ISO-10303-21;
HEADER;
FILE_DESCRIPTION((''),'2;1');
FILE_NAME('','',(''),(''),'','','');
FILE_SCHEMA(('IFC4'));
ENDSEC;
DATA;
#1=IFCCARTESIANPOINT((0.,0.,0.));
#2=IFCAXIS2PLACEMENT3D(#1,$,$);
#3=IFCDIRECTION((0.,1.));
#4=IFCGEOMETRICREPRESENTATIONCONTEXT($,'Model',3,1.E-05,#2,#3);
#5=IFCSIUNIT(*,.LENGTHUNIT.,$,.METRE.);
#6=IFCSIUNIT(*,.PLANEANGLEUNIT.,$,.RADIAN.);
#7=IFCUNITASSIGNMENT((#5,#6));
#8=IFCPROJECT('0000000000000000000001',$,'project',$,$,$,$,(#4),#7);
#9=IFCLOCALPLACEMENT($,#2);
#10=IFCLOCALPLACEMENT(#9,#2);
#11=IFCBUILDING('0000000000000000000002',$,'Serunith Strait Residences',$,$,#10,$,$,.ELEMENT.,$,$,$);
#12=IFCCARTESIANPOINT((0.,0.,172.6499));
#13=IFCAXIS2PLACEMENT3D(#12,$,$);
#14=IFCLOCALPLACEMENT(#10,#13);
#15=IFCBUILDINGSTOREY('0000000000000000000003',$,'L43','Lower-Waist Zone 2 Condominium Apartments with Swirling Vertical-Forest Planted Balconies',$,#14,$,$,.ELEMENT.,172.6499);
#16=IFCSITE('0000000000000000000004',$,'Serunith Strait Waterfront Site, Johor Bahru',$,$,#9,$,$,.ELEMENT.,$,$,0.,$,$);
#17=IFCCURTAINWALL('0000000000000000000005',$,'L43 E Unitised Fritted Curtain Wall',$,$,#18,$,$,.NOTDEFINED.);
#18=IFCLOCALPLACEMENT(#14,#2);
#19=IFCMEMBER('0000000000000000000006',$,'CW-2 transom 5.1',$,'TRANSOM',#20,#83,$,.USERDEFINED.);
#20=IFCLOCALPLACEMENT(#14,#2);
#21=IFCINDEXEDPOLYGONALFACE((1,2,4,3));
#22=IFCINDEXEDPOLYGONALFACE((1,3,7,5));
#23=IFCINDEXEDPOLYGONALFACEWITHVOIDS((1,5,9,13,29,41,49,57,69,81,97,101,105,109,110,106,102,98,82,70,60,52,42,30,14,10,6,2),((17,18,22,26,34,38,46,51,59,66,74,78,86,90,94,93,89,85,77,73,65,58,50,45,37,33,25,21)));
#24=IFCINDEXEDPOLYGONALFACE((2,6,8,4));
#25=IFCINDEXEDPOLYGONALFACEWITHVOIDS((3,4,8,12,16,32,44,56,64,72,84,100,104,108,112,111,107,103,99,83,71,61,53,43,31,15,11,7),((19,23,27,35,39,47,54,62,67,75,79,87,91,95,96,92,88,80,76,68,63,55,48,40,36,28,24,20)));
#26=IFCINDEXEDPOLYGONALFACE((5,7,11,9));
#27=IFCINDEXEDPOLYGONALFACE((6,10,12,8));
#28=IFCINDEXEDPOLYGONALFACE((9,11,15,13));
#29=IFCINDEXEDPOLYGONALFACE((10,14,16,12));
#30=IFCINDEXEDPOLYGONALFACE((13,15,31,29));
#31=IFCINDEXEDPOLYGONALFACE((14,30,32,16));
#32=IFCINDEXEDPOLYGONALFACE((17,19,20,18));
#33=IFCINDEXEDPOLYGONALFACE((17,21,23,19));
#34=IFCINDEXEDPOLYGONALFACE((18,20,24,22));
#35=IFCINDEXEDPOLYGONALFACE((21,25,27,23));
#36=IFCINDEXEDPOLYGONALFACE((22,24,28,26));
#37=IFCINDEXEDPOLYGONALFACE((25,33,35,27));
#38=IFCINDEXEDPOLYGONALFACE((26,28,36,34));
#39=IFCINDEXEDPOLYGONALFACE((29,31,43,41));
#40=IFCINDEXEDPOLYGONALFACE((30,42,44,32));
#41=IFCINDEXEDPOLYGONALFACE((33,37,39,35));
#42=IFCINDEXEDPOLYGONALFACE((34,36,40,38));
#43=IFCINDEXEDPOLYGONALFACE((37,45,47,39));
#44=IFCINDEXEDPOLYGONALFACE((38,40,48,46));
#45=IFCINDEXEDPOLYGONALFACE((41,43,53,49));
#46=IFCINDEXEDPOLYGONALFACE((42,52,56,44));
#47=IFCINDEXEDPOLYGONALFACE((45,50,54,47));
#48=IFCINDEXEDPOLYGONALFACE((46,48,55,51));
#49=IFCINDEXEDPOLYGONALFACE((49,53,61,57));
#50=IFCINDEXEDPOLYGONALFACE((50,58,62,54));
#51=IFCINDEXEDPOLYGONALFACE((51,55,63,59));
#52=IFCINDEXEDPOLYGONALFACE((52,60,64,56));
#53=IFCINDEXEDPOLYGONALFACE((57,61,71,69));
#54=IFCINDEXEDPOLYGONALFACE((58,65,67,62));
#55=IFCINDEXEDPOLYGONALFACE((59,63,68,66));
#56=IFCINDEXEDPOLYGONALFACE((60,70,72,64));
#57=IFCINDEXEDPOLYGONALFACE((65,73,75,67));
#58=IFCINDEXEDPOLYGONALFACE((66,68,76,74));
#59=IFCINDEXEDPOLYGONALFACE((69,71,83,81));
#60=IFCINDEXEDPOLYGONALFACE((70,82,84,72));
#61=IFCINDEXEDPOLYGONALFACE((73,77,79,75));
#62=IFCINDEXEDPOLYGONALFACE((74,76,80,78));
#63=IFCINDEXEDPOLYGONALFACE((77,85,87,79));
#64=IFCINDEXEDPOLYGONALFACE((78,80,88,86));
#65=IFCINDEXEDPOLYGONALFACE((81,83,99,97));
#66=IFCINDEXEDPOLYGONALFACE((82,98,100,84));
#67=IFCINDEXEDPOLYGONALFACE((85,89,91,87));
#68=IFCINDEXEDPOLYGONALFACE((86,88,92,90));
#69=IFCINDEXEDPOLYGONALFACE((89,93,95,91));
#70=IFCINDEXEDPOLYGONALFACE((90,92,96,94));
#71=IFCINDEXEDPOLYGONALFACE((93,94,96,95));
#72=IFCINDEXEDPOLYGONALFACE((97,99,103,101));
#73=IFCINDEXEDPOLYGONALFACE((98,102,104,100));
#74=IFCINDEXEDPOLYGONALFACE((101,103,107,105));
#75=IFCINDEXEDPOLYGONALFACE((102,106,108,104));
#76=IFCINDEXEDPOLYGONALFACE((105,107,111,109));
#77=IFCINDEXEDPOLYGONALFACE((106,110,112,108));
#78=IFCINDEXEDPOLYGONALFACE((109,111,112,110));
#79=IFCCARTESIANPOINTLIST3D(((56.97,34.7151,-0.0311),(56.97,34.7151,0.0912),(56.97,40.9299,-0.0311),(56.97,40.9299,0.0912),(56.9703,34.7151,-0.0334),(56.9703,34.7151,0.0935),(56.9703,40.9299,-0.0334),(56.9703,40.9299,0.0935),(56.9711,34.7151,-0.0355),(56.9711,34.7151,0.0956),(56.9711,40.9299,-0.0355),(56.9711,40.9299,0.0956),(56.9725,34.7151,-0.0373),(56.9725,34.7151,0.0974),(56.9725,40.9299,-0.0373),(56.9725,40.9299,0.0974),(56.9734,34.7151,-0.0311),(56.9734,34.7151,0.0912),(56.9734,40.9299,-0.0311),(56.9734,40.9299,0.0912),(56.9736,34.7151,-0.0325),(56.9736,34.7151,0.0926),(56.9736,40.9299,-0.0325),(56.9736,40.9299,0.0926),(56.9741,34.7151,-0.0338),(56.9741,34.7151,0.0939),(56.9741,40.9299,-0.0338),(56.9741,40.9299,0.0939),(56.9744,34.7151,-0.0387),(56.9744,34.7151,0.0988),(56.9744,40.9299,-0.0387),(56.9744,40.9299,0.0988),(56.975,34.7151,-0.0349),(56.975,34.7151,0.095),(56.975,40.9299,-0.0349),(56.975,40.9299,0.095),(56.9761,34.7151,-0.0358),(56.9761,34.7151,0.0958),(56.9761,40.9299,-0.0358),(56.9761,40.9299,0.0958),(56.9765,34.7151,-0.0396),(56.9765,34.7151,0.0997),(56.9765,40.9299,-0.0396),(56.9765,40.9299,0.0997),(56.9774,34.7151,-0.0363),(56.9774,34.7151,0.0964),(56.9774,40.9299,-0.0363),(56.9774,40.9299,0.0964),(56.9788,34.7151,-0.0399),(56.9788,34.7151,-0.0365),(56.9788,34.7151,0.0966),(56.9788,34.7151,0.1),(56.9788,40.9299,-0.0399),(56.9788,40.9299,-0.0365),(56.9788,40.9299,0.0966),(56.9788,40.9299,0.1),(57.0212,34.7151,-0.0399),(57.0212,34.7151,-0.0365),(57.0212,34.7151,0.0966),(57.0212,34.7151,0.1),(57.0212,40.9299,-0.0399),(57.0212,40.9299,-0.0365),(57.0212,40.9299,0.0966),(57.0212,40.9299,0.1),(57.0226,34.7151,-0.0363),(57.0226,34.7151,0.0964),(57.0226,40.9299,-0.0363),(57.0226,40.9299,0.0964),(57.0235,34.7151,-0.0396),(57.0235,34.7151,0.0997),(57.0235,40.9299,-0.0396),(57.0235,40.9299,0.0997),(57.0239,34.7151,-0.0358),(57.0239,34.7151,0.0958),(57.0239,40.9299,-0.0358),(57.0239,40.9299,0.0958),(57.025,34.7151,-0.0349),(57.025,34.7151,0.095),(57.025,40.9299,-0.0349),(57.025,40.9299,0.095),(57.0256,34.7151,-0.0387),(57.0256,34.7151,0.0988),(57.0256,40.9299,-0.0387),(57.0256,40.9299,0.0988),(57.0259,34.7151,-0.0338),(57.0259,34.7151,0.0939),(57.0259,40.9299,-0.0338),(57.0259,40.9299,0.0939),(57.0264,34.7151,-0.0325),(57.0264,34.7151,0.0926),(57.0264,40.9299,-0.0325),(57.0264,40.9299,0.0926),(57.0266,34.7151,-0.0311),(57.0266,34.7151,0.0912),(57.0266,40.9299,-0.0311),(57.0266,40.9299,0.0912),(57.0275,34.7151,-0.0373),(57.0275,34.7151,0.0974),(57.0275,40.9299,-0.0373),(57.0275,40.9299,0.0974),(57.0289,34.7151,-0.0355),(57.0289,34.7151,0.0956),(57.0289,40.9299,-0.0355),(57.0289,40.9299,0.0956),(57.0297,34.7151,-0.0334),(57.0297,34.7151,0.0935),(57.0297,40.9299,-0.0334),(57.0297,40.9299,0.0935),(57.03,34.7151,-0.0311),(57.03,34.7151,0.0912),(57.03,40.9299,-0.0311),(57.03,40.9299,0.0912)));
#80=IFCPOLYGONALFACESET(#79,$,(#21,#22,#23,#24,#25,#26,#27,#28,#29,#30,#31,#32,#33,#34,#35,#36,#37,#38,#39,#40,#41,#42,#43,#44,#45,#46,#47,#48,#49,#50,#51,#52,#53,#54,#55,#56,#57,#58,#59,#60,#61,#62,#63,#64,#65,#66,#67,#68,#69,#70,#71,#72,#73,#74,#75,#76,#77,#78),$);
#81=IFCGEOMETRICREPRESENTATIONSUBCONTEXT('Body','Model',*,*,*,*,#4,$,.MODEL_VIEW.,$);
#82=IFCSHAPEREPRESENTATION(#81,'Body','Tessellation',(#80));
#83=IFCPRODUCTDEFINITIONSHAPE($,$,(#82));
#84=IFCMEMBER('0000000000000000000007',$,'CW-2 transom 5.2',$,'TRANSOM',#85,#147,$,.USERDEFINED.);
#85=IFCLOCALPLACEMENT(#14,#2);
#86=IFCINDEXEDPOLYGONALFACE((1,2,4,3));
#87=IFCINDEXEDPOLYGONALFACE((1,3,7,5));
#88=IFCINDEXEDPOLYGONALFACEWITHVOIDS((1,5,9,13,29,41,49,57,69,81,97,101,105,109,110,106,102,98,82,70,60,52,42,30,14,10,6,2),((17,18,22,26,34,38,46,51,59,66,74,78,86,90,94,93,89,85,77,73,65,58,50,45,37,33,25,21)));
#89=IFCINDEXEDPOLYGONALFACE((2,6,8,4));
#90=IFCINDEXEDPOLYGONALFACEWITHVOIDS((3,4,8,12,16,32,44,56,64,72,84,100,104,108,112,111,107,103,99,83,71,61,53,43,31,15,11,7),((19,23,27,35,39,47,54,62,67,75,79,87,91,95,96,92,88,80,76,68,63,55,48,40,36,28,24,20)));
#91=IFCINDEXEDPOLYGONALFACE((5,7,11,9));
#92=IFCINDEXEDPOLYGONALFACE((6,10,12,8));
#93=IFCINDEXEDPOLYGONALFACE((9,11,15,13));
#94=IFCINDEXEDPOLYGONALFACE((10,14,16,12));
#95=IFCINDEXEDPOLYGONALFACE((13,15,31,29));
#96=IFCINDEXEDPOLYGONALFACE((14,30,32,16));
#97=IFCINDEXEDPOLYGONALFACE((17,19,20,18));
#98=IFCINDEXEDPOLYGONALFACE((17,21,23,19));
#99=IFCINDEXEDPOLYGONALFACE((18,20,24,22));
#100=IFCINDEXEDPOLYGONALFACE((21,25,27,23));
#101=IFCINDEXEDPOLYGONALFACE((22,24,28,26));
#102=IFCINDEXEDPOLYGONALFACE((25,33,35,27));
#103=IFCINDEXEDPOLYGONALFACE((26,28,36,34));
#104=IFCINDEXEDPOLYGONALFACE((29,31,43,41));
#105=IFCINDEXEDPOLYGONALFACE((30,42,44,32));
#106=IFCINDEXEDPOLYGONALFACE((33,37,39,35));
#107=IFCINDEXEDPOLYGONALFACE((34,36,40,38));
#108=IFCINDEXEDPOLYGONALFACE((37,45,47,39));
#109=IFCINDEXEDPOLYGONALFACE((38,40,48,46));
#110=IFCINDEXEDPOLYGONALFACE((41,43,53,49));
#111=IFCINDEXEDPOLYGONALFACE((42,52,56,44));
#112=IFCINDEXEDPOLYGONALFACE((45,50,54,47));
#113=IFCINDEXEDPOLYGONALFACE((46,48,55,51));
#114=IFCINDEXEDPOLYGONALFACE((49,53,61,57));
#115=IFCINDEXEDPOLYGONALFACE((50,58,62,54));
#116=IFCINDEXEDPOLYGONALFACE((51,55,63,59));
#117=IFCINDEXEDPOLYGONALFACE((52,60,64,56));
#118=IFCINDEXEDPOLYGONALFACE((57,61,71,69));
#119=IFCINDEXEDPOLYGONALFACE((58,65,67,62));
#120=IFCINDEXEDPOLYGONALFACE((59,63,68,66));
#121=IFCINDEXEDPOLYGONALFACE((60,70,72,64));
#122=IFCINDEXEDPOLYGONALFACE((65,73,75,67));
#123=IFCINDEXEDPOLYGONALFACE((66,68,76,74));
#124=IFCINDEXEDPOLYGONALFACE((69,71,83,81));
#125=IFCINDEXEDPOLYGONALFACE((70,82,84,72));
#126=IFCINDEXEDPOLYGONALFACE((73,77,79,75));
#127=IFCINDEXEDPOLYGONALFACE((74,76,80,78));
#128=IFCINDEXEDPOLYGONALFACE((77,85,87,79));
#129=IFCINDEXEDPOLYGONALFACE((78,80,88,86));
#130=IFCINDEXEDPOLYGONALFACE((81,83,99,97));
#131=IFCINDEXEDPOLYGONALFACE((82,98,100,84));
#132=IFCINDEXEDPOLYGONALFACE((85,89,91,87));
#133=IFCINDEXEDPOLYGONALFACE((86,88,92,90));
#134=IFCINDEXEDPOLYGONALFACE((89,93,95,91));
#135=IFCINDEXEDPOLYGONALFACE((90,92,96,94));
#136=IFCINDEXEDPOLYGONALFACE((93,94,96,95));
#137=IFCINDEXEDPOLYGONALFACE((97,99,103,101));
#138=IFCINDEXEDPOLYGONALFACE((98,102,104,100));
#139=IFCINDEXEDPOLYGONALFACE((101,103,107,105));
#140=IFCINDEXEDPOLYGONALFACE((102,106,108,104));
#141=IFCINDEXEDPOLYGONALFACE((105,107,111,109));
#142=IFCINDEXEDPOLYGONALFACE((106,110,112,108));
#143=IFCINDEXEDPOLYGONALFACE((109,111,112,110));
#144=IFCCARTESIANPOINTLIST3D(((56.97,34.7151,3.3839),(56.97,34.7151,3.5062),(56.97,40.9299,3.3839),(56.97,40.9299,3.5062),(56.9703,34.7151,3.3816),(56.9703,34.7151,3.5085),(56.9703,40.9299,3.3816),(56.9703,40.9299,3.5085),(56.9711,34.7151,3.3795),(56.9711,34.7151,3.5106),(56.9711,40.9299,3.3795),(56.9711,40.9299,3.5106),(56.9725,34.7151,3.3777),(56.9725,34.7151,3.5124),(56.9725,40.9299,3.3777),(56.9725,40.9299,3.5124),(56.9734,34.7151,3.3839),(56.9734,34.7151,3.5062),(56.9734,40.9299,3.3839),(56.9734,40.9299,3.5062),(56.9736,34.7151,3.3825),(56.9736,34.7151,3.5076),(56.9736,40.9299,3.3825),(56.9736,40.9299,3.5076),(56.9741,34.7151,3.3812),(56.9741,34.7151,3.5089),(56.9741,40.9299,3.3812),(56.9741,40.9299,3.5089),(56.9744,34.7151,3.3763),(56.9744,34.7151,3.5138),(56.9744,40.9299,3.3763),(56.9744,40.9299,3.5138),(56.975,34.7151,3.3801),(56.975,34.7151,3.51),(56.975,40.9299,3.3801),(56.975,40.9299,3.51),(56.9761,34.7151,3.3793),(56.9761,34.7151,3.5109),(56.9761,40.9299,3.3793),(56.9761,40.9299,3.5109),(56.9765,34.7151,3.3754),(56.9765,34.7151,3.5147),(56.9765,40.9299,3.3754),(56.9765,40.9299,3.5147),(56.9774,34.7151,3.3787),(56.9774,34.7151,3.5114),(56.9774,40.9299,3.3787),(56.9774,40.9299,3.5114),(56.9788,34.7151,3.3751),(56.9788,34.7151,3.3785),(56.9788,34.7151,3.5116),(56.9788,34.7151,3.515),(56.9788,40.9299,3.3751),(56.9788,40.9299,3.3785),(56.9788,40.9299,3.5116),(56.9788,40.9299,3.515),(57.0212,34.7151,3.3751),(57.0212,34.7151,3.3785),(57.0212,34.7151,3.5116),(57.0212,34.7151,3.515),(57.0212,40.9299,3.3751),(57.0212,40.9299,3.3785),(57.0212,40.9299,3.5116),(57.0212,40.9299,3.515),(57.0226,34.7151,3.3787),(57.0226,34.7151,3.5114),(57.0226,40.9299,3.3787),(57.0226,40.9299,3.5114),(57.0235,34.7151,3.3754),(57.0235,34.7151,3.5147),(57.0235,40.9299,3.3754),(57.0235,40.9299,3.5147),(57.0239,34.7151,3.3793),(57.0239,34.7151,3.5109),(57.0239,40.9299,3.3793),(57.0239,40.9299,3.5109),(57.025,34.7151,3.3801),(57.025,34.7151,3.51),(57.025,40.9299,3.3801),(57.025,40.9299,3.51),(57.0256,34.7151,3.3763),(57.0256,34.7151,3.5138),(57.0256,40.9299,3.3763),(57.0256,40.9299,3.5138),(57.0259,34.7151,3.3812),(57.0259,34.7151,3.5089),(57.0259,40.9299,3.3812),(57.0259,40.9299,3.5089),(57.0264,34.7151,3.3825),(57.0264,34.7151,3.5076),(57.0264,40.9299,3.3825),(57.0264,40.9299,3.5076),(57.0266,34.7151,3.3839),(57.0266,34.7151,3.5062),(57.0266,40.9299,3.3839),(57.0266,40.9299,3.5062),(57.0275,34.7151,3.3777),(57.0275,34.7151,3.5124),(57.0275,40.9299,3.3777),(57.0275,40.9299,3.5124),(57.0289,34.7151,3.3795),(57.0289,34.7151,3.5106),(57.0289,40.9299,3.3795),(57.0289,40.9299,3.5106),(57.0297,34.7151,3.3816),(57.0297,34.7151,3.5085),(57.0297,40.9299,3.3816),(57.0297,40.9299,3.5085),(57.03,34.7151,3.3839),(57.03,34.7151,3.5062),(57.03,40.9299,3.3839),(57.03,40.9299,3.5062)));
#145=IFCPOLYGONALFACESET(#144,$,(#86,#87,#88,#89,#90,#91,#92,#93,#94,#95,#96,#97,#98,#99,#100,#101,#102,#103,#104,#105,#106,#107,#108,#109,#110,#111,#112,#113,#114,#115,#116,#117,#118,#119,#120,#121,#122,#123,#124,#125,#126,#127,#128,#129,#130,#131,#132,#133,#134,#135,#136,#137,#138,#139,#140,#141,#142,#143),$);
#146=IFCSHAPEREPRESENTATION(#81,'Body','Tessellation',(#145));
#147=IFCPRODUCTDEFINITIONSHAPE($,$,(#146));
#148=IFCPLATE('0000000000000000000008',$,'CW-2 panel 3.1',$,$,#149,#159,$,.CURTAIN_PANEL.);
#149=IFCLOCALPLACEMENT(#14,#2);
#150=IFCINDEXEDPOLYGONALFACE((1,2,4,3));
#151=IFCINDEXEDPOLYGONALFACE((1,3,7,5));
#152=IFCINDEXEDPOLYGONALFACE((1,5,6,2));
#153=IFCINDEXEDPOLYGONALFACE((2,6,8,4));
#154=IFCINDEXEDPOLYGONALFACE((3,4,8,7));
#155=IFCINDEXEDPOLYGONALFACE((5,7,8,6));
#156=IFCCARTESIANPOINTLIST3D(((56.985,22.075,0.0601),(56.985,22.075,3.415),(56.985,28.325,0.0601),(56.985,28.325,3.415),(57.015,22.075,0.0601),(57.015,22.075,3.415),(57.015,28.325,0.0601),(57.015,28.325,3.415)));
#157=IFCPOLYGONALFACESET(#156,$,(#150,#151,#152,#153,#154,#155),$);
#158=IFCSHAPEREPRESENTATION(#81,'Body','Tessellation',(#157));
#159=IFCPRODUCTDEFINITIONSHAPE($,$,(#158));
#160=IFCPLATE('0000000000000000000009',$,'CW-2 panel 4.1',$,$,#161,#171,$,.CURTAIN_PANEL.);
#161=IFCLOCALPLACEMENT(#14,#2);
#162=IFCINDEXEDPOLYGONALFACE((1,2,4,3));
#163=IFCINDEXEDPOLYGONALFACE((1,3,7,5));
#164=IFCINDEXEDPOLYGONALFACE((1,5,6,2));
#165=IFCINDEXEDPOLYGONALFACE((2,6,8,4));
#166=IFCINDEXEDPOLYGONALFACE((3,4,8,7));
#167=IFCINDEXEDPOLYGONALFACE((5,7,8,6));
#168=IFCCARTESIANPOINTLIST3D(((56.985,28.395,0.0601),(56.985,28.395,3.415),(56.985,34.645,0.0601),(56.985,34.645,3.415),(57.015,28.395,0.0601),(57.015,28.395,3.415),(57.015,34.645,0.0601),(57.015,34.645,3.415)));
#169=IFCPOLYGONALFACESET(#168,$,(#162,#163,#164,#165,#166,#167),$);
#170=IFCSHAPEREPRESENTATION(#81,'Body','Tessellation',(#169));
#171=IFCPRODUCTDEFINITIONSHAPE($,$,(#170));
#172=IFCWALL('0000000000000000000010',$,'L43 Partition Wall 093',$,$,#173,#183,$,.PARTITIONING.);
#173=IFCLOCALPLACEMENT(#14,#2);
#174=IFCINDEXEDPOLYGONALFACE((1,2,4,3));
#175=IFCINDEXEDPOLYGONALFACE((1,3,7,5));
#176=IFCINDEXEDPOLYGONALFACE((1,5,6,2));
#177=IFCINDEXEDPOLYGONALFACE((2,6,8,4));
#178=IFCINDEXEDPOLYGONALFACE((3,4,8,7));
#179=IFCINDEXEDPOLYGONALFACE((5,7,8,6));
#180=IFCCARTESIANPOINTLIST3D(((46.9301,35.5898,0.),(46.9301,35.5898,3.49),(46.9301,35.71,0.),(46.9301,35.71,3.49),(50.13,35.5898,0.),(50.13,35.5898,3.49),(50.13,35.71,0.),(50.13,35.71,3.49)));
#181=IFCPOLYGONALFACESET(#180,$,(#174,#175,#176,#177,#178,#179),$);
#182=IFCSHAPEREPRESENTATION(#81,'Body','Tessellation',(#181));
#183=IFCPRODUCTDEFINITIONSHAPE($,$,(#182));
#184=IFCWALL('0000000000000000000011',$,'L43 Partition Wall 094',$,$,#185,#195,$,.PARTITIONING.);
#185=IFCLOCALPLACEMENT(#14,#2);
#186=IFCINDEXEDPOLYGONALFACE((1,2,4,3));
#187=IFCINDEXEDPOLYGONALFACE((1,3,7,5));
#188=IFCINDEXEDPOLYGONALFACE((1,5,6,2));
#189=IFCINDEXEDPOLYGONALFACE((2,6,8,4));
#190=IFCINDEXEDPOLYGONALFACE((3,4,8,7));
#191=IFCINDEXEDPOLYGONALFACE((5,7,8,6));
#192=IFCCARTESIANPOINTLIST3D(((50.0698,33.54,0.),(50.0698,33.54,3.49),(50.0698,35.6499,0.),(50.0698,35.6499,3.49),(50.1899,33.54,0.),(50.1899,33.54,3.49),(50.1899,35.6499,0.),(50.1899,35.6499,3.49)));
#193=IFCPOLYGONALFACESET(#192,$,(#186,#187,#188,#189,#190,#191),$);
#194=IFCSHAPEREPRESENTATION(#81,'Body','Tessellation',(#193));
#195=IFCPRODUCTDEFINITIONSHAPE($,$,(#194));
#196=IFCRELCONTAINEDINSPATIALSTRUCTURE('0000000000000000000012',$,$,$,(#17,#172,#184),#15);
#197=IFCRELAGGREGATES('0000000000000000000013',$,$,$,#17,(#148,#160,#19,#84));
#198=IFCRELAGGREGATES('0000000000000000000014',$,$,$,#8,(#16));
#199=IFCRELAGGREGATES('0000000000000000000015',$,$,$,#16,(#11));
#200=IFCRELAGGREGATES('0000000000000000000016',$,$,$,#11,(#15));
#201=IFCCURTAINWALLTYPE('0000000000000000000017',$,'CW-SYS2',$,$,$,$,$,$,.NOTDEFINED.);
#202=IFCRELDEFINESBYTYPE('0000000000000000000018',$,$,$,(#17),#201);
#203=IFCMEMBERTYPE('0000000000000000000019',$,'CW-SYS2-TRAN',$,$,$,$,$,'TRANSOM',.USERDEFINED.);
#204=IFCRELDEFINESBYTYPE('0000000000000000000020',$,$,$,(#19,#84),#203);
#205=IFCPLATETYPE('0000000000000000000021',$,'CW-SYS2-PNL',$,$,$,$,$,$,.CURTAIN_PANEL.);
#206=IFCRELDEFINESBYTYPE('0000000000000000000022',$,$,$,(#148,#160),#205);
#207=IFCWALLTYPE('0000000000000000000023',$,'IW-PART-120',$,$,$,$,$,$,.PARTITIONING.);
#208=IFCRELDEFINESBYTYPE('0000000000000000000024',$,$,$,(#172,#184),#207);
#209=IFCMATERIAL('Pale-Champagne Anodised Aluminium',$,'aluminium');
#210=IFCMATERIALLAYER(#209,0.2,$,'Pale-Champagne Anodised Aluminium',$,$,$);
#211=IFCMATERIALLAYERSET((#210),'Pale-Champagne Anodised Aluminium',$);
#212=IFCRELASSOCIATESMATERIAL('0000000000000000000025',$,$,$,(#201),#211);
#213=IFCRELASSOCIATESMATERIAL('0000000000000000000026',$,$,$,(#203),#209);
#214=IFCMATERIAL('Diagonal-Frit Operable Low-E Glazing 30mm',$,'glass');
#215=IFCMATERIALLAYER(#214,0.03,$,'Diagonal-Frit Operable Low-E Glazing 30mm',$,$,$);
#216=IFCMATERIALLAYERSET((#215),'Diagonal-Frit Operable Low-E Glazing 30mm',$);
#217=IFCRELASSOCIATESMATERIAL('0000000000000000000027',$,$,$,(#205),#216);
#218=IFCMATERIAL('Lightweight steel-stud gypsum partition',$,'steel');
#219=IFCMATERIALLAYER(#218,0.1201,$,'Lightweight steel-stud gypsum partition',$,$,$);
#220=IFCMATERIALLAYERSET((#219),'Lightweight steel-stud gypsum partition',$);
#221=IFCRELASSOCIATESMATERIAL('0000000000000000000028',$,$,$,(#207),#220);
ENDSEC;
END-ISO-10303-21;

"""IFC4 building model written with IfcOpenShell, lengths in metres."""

from ifc_helpers import new_model, si_unit, direction, frame, frame_2d, origin, origin_2d, place, context, subcontext, project, spatial, rectangle, hollow_rectangle, extrude, source, transform, mapped, material, layer, layer_set, material_profile, profile_set, type_object, element, aggregate, save


model = new_model("IFC4")

# Units and contexts
model_context = context("Model", 3, precision=1e-05, world=origin(), true_north=direction((0.0, 1.0)))
body_context = subcontext(model_context, "Body", "Model", "MODEL_VIEW")
ifc_project = project(units=[si_unit("LENGTHUNIT", "METRE"), si_unit("PLANEANGLEUNIT", "RADIAN")], contexts=[model_context])

# Site, building, storey
site_placement = place(None, origin())
site = spatial("IfcSite", under=ifc_project, at=site_placement, Name="Serunith Strait Waterfront Site, Johor Bahru", CompositionType="ELEMENT", RefElevation=0.0)
building_placement = place(site_placement, origin())
building = spatial("IfcBuilding", under=site, at=building_placement, Name="Serunith Strait Residences", CompositionType="ELEMENT")
storey_placement = place(building_placement, frame((0.0, 0.0, 172.6499)))
storey = spatial("IfcBuildingStorey", under=building, at=storey_placement, Name="L43", Description="Lower-Waist Zone 2 Condominium Apartments with Swirling Vertical-Forest Planted Balconies", CompositionType="ELEMENT", Elevation=172.6499)

# Curtain wall, members, plates
ifc_material_1 = material(Name="Pale-Champagne Anodised Aluminium", Category="aluminium")
ifc_layer_1 = layer(ifc_material_1, 0.2, Name="Pale-Champagne Anodised Aluminium")
ifc_layer_set_1 = layer_set([ifc_layer_1], Name="Pale-Champagne Anodised Aluminium")
curtain_wall_type = type_object("IfcCurtainWallType", Name="CW-SYS2", PredefinedType="NOTDEFINED", material=ifc_layer_set_1)
curtain_wall_placement = place(storey_placement, origin())
curtain_wall = element("IfcCurtainWall", 1, at=curtain_wall_placement, inside=storey, type_object=curtain_wall_type, Name="L43 E Unitised Fritted Curtain Wall", PredefinedType="NOTDEFINED")
ifc_material_profile_1 = material_profile(ifc_material_1, hollow_rectangle(XDim=0.0601, YDim=0.1399, WallThickness=0.0034, InnerFilletRadius=0.0054, OuterFilletRadius=0.0088, at=origin_2d()), Name="ALU 140x60x3.5")
ifc_profile_set_1 = profile_set([ifc_material_profile_1], Name="Pale-Champagne Anodised Aluminium")
member_type_1 = type_object("IfcMemberType", Name="CW-SYS2-TRAN", ElementType="TRANSOM", PredefinedType="USERDEFINED", material=ifc_profile_set_1)
shared_shape_1 = source(origin(), body_context, "Body", "SweptSolid", [
    extrude(hollow_rectangle(XDim=0.0601, YDim=0.1399, WallThickness=0.0034, InnerFilletRadius=0.0054, OuterFilletRadius=0.0088, at=origin_2d()), origin(), (0.0, 0.0, 1.0), 6.2148),
])
member_1_placement = place(storey_placement, frame((57.0, 34.7151, 0.03), z_axis=(0.0, 1.0, 0.0), x_axis=(-1.0, 0.0, 0.0)))
member_1 = element("IfcMember", 2, at=member_1_placement, type_object=member_type_1, Name="CW-2 transom 5.1", ObjectType="TRANSOM", PredefinedType="USERDEFINED", context=body_context, shape_type="MappedRepresentation", body=[
    mapped(shared_shape_1, transform((0.0, 0.0, 0.0), scale=1.0)),
])
member_2_placement = place(storey_placement, frame((57.0, 34.7151, 3.4451), z_axis=(0.0, 1.0, 0.0), x_axis=(-1.0, 0.0, 0.0)))
member_2 = element("IfcMember", 3, at=member_2_placement, type_object=member_type_1, Name="CW-2 transom 5.2", ObjectType="TRANSOM", PredefinedType="USERDEFINED", context=body_context, shape_type="MappedRepresentation", body=[
    mapped(shared_shape_1, transform((0.0, 0.0, 0.0), scale=1.0)),
])
ifc_material_2 = material(Name="Diagonal-Frit Operable Low-E Glazing 30mm", Category="glass")
ifc_layer_2 = layer(ifc_material_2, 0.03, Name="Diagonal-Frit Operable Low-E Glazing 30mm")
ifc_layer_set_2 = layer_set([ifc_layer_2], Name="Diagonal-Frit Operable Low-E Glazing 30mm")
plate_type = type_object("IfcPlateType", Name="CW-SYS2-PNL", PredefinedType="CURTAIN_PANEL", material=ifc_layer_set_2)
shared_shape_2 = source(origin(), body_context, "Body", "SweptSolid", [
    extrude(rectangle(XDim=6.25, YDim=0.03, at=origin_2d()), origin(), (0.0, 0.0, 1.0), 3.355),
])
plate_1_placement = place(storey_placement, frame((57.0, 25.2, 0.0601), z_axis=(0.0, 0.0, 1.0), x_axis=(0.0, 1.0, 0.0)))
plate_1 = element("IfcPlate", 4, at=plate_1_placement, type_object=plate_type, Name="CW-2 panel 3.1", PredefinedType="CURTAIN_PANEL", context=body_context, shape_type="MappedRepresentation", body=[
    mapped(shared_shape_2, transform((0.0, 0.0, 0.0), scale=1.0)),
])
plate_2_placement = place(storey_placement, frame((57.0, 31.52, 0.0601), z_axis=(0.0, 0.0, 1.0), x_axis=(0.0, 1.0, 0.0)))
plate_2 = element("IfcPlate", 5, at=plate_2_placement, type_object=plate_type, Name="CW-2 panel 4.1", PredefinedType="CURTAIN_PANEL", context=body_context, shape_type="MappedRepresentation", body=[
    mapped(shared_shape_2, transform((0.0, 0.0, 0.0), scale=1.0)),
])
aggregate(curtain_wall, [plate_1, plate_2, member_1, member_2])

# Walls
ifc_material_3 = material(Name="Lightweight steel-stud gypsum partition", Category="steel")
ifc_layer_3 = layer(ifc_material_3, 0.1201, Name="Lightweight steel-stud gypsum partition")
ifc_layer_set_3 = layer_set([ifc_layer_3], Name="Lightweight steel-stud gypsum partition")
wall_type_1 = type_object("IfcWallType", Name="IW-PART-120", PredefinedType="PARTITIONING", material=ifc_layer_set_3)
wall_1_placement = place(storey_placement, frame((46.9299, 35.6499, 0.0), z_axis=(0.0, 0.0, 1.0), x_axis=(1.0, 0.0, 0.0)))
element("IfcWall", 6, at=wall_1_placement, inside=storey, type_object=wall_type_1, Name="L43 Partition Wall 093", PredefinedType="PARTITIONING", context=body_context, shape_type="SweptSolid", body=[
    extrude(rectangle(XDim=3.2, YDim=0.1201, at=frame_2d((1.6001, 0.0))), origin(), (0.0, 0.0, 1.0), 3.49),
])
wall_2_placement = place(storey_placement, frame((50.1299, 35.6499, 0.0), z_axis=(0.0, 0.0, 1.0), x_axis=(0.0, -1.0, 0.0)))
element("IfcWall", 7, at=wall_2_placement, inside=storey, type_object=wall_type_1, Name="L43 Partition Wall 094", PredefinedType="PARTITIONING", context=body_context, shape_type="SweptSolid", body=[
    extrude(rectangle(XDim=2.1099, YDim=0.1201, at=frame_2d((1.0549, 0.0))), origin(), (0.0, 0.0, 1.0), 3.49),
])

save(model, "model.ifc")
